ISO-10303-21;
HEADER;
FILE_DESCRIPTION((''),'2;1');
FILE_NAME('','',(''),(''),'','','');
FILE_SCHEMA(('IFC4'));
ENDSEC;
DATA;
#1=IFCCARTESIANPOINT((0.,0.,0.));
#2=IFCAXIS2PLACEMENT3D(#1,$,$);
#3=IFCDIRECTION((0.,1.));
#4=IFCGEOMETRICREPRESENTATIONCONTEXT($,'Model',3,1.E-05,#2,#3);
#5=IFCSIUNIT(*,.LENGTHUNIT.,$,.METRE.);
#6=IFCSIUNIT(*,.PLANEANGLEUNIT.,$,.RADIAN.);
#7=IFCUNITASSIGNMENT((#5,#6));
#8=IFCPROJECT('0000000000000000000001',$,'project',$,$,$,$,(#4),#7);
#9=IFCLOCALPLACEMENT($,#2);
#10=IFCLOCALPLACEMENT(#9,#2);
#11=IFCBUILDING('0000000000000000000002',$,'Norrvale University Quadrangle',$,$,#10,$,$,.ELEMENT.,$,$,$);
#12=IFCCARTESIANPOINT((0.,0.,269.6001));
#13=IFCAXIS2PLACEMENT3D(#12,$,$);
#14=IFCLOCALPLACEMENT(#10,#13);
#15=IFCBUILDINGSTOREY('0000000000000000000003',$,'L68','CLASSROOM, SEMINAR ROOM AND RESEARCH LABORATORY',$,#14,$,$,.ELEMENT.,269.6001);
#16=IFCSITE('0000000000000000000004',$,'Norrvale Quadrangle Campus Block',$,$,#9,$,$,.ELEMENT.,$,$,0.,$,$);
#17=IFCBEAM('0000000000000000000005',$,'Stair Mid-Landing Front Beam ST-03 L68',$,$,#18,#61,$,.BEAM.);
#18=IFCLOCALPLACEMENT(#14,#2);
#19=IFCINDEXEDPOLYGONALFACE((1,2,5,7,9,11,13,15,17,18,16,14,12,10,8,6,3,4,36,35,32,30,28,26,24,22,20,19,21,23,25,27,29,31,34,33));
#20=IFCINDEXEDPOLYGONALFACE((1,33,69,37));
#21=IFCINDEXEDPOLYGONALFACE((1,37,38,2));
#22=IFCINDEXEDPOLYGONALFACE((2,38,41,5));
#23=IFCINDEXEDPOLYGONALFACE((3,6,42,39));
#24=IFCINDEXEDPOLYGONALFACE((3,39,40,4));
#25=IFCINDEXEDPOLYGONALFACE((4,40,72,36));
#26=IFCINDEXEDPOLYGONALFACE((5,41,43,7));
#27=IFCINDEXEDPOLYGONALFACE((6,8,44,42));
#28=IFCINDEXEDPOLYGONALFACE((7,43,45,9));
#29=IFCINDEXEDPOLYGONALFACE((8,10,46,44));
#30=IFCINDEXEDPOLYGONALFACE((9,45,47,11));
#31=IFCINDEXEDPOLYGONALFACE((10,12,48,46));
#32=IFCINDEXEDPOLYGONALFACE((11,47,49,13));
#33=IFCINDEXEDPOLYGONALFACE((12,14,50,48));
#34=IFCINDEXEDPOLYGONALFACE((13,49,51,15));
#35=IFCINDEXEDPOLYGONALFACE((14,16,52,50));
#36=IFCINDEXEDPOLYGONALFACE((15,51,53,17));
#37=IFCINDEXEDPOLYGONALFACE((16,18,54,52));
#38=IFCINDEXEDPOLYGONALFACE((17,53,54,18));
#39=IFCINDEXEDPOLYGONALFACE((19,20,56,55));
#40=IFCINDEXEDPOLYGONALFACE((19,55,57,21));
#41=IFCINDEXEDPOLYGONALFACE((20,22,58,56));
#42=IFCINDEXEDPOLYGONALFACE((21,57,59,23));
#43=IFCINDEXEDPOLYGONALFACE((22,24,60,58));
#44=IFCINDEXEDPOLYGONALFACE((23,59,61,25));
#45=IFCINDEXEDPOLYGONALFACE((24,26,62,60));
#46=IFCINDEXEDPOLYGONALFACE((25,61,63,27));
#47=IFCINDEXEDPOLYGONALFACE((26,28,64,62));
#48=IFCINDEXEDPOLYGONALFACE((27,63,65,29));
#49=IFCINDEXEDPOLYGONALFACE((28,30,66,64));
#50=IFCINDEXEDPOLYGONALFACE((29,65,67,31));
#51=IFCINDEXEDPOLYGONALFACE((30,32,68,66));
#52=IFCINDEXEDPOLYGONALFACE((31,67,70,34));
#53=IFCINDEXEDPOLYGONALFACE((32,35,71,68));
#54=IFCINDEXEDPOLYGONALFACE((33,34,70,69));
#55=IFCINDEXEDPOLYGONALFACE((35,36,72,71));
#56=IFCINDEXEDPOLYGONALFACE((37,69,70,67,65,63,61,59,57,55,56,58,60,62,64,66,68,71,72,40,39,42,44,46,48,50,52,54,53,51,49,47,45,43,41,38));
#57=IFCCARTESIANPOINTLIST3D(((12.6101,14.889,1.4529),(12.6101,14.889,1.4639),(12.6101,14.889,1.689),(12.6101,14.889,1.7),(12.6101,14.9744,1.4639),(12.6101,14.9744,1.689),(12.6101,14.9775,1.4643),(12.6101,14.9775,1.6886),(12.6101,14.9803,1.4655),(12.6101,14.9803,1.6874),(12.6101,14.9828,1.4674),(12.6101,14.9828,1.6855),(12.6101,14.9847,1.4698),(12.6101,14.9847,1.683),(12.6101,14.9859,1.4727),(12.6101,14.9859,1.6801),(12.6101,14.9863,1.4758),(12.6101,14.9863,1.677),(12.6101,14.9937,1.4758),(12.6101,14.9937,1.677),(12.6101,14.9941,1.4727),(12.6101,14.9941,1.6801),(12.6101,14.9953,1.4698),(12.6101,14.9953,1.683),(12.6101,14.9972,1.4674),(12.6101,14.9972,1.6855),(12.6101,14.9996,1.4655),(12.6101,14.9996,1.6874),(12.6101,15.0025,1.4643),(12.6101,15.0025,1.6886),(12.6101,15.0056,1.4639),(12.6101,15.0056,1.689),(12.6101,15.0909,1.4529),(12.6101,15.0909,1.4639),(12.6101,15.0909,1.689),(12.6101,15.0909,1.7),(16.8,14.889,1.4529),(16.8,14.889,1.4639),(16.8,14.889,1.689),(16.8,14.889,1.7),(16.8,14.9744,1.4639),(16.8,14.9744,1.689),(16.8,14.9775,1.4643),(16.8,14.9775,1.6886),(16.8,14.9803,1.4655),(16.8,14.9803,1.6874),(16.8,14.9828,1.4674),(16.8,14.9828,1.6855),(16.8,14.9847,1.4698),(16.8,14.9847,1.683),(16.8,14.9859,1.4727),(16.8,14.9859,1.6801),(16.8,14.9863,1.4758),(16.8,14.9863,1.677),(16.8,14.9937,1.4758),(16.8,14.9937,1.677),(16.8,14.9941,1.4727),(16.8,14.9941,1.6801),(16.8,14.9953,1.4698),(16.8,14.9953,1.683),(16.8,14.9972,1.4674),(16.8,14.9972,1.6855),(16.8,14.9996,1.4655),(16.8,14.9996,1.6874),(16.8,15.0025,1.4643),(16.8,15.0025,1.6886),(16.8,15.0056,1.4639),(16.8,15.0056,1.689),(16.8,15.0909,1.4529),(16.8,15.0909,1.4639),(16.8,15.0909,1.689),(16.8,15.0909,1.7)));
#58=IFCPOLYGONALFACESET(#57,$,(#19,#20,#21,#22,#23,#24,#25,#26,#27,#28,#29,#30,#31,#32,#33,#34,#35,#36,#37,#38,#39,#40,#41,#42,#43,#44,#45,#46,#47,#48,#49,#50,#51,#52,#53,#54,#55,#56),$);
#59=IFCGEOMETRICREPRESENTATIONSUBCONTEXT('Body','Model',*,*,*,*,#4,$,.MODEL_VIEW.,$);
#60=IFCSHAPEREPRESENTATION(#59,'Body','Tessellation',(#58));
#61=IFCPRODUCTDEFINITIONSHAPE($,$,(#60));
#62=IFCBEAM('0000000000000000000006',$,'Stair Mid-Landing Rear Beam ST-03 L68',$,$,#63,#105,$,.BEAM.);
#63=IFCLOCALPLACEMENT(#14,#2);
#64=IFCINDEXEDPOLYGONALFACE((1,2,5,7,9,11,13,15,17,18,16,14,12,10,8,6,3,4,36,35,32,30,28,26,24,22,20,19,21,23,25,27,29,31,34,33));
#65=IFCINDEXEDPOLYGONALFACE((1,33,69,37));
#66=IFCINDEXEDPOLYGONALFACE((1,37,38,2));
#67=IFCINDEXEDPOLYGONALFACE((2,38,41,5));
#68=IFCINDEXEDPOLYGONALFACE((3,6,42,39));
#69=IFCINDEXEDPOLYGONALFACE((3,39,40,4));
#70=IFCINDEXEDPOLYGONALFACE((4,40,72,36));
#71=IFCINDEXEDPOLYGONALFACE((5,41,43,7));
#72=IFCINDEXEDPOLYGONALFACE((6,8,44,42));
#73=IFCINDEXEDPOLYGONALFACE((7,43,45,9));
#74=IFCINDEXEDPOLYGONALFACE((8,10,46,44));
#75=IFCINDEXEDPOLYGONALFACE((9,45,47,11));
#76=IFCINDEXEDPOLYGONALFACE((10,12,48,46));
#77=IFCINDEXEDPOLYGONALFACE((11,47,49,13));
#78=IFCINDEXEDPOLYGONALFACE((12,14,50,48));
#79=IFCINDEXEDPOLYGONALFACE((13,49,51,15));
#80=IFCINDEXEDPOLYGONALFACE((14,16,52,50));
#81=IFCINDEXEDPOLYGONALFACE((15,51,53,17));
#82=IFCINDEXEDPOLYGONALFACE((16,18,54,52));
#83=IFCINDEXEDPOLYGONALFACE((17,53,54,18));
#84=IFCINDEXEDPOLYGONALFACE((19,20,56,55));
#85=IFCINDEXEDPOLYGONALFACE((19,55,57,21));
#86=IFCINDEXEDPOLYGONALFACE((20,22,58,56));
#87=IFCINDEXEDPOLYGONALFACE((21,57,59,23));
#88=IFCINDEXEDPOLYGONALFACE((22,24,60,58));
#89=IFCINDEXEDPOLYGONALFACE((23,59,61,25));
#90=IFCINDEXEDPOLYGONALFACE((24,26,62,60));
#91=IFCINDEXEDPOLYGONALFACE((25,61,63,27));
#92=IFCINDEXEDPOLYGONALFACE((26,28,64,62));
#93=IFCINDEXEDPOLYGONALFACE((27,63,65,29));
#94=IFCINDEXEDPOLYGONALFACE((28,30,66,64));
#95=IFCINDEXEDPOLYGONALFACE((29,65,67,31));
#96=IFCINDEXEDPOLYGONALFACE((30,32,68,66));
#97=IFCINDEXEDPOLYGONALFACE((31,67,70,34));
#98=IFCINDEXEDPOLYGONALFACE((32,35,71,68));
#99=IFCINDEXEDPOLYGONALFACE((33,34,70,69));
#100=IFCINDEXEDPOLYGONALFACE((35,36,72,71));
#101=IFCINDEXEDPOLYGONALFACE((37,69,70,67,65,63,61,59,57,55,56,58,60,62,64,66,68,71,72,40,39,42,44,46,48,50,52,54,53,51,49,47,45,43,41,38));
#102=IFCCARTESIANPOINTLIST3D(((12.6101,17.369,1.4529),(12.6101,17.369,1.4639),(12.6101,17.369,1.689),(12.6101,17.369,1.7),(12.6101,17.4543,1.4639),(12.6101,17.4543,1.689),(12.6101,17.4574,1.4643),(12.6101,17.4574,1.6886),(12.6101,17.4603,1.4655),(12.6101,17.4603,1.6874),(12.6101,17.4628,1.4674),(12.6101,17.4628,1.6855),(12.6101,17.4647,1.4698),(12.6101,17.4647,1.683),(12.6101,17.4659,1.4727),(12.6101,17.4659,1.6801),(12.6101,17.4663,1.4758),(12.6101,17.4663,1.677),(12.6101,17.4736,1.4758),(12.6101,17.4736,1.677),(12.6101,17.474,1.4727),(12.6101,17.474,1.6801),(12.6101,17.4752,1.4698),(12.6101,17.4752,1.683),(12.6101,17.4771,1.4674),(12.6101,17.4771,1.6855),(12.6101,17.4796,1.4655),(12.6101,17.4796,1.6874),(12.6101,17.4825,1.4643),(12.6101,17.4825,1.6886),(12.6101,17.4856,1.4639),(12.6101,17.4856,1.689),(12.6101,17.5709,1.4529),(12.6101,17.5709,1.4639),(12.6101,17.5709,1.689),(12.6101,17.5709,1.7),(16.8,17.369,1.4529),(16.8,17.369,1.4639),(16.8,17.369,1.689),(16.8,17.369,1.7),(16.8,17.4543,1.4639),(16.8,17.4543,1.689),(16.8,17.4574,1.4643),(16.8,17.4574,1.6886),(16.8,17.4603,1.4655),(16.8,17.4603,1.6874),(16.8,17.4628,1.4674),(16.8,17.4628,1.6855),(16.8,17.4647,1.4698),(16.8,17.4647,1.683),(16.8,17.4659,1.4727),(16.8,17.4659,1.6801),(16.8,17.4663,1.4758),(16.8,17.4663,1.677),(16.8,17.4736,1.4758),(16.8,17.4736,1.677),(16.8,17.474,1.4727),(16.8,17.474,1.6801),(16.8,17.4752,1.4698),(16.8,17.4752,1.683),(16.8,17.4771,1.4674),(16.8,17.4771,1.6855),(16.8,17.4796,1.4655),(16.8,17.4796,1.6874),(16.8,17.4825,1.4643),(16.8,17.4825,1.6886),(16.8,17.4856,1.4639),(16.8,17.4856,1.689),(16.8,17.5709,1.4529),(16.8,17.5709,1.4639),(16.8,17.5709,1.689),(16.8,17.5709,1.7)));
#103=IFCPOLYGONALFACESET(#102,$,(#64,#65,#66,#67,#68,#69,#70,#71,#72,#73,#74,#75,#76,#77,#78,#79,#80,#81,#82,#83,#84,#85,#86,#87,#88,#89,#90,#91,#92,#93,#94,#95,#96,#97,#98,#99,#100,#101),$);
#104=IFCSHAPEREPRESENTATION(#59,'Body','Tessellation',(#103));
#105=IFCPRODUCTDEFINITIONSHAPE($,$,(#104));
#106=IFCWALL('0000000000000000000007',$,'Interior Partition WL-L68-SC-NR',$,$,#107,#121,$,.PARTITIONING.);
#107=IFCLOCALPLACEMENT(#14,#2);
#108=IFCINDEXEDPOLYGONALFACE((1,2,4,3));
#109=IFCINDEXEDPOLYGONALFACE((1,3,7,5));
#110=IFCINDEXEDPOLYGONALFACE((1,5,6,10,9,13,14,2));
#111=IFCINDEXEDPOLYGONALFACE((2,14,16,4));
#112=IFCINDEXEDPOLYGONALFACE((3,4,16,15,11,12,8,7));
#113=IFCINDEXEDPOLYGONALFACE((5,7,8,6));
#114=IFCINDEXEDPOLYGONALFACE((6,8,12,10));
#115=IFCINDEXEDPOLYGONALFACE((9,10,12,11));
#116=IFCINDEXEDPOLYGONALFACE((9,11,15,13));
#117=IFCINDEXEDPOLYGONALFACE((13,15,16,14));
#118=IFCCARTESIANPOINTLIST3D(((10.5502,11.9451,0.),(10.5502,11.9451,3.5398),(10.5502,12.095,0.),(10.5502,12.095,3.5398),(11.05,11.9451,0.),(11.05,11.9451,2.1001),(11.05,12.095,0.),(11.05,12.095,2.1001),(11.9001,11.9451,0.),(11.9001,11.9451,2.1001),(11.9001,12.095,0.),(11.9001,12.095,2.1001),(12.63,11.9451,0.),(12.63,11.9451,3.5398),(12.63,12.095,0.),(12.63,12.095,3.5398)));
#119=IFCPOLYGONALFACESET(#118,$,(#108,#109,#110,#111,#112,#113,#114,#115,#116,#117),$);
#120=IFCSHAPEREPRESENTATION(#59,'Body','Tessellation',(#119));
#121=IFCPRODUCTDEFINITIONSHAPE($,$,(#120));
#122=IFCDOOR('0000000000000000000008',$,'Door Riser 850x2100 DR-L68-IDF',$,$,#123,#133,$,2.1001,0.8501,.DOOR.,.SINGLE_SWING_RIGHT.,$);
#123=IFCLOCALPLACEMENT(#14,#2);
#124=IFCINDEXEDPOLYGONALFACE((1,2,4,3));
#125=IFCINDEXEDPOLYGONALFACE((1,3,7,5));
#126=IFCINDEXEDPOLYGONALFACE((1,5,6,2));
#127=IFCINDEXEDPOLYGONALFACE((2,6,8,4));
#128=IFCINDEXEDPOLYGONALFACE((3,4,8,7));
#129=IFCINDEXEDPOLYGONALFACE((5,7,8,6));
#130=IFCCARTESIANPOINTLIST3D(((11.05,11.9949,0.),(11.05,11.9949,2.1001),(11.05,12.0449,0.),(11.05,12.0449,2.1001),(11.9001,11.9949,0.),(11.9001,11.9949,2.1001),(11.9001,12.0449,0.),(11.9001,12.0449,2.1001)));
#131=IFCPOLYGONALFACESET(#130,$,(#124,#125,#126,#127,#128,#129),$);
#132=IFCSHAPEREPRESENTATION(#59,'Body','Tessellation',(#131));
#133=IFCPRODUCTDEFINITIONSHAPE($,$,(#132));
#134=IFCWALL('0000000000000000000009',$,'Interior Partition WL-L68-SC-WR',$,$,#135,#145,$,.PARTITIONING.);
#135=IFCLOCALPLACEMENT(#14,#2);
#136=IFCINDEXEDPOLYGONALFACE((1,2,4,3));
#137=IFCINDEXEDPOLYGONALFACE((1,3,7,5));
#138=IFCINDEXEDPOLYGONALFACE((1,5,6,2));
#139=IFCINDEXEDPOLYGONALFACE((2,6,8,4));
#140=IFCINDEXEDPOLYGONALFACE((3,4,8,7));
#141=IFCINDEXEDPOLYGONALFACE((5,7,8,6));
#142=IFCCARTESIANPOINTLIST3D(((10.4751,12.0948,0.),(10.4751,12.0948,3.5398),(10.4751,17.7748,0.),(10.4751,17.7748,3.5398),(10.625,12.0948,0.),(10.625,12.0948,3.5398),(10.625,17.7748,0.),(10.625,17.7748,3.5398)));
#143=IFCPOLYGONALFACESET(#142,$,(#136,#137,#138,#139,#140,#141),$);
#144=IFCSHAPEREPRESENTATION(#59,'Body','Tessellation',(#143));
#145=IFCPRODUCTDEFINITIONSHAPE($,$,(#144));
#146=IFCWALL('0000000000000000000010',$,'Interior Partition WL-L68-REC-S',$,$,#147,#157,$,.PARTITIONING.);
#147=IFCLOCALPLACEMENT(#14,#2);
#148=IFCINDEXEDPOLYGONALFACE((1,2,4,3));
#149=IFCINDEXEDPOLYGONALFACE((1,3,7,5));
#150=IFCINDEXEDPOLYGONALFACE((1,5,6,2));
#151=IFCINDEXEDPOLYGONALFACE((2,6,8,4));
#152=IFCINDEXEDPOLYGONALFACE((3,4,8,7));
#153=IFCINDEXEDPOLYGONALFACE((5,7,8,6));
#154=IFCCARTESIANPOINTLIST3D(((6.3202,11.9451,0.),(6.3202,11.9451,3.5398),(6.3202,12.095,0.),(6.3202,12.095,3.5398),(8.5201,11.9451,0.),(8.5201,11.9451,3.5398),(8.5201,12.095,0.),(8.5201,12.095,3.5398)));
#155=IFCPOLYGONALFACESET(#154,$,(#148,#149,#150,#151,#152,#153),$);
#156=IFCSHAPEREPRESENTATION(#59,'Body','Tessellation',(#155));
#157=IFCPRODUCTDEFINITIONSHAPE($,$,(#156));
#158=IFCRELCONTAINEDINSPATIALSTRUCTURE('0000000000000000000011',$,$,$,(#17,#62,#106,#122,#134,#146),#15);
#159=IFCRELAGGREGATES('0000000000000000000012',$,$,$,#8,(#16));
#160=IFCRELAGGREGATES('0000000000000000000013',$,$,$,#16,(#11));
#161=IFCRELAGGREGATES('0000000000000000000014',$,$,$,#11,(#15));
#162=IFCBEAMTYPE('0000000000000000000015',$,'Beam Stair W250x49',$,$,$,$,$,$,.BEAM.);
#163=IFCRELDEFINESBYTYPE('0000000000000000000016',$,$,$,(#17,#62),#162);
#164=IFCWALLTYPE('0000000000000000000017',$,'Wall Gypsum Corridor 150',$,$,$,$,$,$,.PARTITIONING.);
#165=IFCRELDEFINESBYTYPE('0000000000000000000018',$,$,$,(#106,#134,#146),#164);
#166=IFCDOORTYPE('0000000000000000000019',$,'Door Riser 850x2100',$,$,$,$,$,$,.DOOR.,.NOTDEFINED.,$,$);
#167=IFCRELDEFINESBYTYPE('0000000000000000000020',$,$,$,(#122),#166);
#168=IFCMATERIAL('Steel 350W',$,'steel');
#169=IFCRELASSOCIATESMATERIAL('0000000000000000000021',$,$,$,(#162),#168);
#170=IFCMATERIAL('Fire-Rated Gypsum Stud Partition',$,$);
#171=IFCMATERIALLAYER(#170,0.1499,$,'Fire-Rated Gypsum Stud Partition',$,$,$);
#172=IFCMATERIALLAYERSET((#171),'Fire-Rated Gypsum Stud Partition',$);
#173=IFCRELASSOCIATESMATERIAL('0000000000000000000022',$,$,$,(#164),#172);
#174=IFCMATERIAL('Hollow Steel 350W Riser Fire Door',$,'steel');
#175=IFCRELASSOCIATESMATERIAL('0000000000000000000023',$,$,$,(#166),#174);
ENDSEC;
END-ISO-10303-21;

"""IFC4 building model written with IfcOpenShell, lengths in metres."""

from ifc_helpers import new_model, si_unit, direction, frame, frame_2d, origin, origin_2d, place, context, subcontext, project, spatial, rectangle, i_section, extrude, material, layer, layer_set, material_profile, profile_set, type_object, element, fill, save


model = new_model("IFC4")

# Units and contexts
model_context = context("Model", 3, precision=1e-05, world=origin(), true_north=direction((0.0, 1.0)))
body_context = subcontext(model_context, "Body", "Model", "MODEL_VIEW")
ifc_project = project(units=[si_unit("LENGTHUNIT", "METRE"), si_unit("PLANEANGLEUNIT", "RADIAN")], contexts=[model_context])

# Site, building, storey
site_placement = place(None, origin())
site = spatial("IfcSite", under=ifc_project, at=site_placement, Name="Norrvale Quadrangle Campus Block", CompositionType="ELEMENT", RefElevation=0.0)
building_placement = place(site_placement, origin())
building = spatial("IfcBuilding", under=site, at=building_placement, Name="Norrvale University Quadrangle", CompositionType="ELEMENT")
storey_placement = place(building_placement, frame((0.0, 0.0, 269.6001)))
storey = spatial("IfcBuildingStorey", under=building, at=storey_placement, Name="L68", Description="CLASSROOM, SEMINAR ROOM AND RESEARCH LABORATORY", CompositionType="ELEMENT", Elevation=269.6001)

# Beams
ifc_material_1 = material(Name="Steel 350W", Category="steel")
ifc_material_profile = material_profile(ifc_material_1, i_section(OverallWidth=0.2019, OverallDepth=0.2471, WebThickness=0.0073, FlangeThickness=0.011, FilletRadius=0.012, at=origin_2d()), Name="Steel 350W")
ifc_profile_set = profile_set([ifc_material_profile], Name="Steel 350W")
beam_type = type_object("IfcBeamType", Name="Beam Stair W250x49", PredefinedType="BEAM", material=ifc_profile_set)
for number, where, z_axis, x_axis, name in (
    (1, (12.6101, 14.99, 1.5764), (1.0, 0.0, 0.0), (0.0, 1.0, 0.0), "Stair Mid-Landing Front Beam ST-03 L68"),
    (2, (12.6101, 17.47, 1.5764), (1.0, 0.0, 0.0), (0.0, 1.0, 0.0), "Stair Mid-Landing Rear Beam ST-03 L68"),
):
    element("IfcBeam", number, at=place(storey_placement, frame(where, z_axis=z_axis, x_axis=x_axis)), inside=storey, type_object=beam_type, Name=name, PredefinedType="BEAM", context=body_context, shape_type="SweptSolid", body=[
        extrude(i_section(OverallWidth=0.2019, OverallDepth=0.2471, WebThickness=0.0073, FlangeThickness=0.011, FilletRadius=0.012, at=origin_2d()), origin(), (0.0, 0.0, 1.0), 4.1899),
    ])

# Wall, opening, door
ifc_material_2 = material(Name="Fire-Rated Gypsum Stud Partition")
ifc_layer_1 = layer(ifc_material_2, 0.1499, Name="Fire-Rated Gypsum Stud Partition")
ifc_layer_set_1 = layer_set([ifc_layer_1], Name="Fire-Rated Gypsum Stud Partition")
wall_type_1 = type_object("IfcWallType", Name="Wall Gypsum Corridor 150", PredefinedType="PARTITIONING", material=ifc_layer_set_1)
wall_1_placement = place(storey_placement, frame((10.55, 12.02, 0.0), z_axis=(0.0, 0.0, 1.0), x_axis=(1.0, 0.0, 0.0)))
wall_1 = element("IfcWall", 3, at=wall_1_placement, inside=storey, type_object=wall_type_1, Name="Interior Partition WL-L68-SC-NR", PredefinedType="PARTITIONING", context=body_context, shape_type="SweptSolid", body=[
    extrude(rectangle(XDim=2.0798, YDim=0.1499, at=frame_2d((1.04, 0.0))), origin(), (0.0, 0.0, 1.0), 3.5398),
])
opening_1_placement = place(wall_1_placement, frame((0.5, 0.0, 0.0)))
opening_1 = element("IfcOpeningElement", 4, at=opening_1_placement, cuts=wall_1, PredefinedType="OPENING", context=body_context, shape_type="SweptSolid", body=[
    extrude(rectangle(XDim=0.8501, YDim=2.1001, at=frame_2d((0.425, 1.05))), frame((0.0, 0.0869, 0.0), z_axis=(0.0, -1.0, 0.0), x_axis=(1.0, 0.0, 0.0)), (0.0, 0.0, 1.0), 0.1738),
])
ifc_material_3 = material(Name="Hollow Steel 350W Riser Fire Door", Category="steel")
door_type_1 = type_object("IfcDoorType", Name="Door Riser 850x2100", OperationType="NOTDEFINED", PredefinedType="DOOR", material=ifc_material_3)
door_1_placement = place(opening_1_placement, origin())
door_1 = element("IfcDoor", 5, at=door_1_placement, inside=storey, type_object=door_type_1, Name="Door Riser 850x2100 DR-L68-IDF", OperationType="SINGLE_SWING_RIGHT", OverallHeight=2.1001, OverallWidth=0.8501, PredefinedType="DOOR", context=body_context, shape_type="SweptSolid", body=[
    extrude(rectangle(XDim=0.8501, YDim=2.1001, at=frame_2d((0.425, 1.05))), frame((0.0, 0.0249, 0.0), z_axis=(0.0, -1.0, 0.0), x_axis=(1.0, 0.0, 0.0)), (0.0, 0.0, 1.0), 0.05),
])
fill(opening_1, door_1)

# Walls
wall_2_placement = place(storey_placement, frame((10.55, 12.095, 0.0), z_axis=(0.0, 0.0, 1.0), x_axis=(0.0, 1.0, 0.0)))
element("IfcWall", 6, at=wall_2_placement, inside=storey, type_object=wall_type_1, Name="Interior Partition WL-L68-SC-WR", PredefinedType="PARTITIONING", context=body_context, shape_type="SweptSolid", body=[
    extrude(rectangle(XDim=5.6799, YDim=0.1499, at=frame_2d((2.8398, 0.0))), origin(), (0.0, 0.0, 1.0), 3.5398),
])
wall_3_placement = place(storey_placement, frame((6.3201, 12.02, 0.0), z_axis=(0.0, 0.0, 1.0), x_axis=(1.0, 0.0, 0.0)))
element("IfcWall", 7, at=wall_3_placement, inside=storey, type_object=wall_type_1, Name="Interior Partition WL-L68-REC-S", PredefinedType="PARTITIONING", context=body_context, shape_type="SweptSolid", body=[
    extrude(rectangle(XDim=2.2, YDim=0.1499, at=frame_2d((1.1001, 0.0))), origin(), (0.0, 0.0, 1.0), 3.5398),
])

save(model, "model.ifc")
